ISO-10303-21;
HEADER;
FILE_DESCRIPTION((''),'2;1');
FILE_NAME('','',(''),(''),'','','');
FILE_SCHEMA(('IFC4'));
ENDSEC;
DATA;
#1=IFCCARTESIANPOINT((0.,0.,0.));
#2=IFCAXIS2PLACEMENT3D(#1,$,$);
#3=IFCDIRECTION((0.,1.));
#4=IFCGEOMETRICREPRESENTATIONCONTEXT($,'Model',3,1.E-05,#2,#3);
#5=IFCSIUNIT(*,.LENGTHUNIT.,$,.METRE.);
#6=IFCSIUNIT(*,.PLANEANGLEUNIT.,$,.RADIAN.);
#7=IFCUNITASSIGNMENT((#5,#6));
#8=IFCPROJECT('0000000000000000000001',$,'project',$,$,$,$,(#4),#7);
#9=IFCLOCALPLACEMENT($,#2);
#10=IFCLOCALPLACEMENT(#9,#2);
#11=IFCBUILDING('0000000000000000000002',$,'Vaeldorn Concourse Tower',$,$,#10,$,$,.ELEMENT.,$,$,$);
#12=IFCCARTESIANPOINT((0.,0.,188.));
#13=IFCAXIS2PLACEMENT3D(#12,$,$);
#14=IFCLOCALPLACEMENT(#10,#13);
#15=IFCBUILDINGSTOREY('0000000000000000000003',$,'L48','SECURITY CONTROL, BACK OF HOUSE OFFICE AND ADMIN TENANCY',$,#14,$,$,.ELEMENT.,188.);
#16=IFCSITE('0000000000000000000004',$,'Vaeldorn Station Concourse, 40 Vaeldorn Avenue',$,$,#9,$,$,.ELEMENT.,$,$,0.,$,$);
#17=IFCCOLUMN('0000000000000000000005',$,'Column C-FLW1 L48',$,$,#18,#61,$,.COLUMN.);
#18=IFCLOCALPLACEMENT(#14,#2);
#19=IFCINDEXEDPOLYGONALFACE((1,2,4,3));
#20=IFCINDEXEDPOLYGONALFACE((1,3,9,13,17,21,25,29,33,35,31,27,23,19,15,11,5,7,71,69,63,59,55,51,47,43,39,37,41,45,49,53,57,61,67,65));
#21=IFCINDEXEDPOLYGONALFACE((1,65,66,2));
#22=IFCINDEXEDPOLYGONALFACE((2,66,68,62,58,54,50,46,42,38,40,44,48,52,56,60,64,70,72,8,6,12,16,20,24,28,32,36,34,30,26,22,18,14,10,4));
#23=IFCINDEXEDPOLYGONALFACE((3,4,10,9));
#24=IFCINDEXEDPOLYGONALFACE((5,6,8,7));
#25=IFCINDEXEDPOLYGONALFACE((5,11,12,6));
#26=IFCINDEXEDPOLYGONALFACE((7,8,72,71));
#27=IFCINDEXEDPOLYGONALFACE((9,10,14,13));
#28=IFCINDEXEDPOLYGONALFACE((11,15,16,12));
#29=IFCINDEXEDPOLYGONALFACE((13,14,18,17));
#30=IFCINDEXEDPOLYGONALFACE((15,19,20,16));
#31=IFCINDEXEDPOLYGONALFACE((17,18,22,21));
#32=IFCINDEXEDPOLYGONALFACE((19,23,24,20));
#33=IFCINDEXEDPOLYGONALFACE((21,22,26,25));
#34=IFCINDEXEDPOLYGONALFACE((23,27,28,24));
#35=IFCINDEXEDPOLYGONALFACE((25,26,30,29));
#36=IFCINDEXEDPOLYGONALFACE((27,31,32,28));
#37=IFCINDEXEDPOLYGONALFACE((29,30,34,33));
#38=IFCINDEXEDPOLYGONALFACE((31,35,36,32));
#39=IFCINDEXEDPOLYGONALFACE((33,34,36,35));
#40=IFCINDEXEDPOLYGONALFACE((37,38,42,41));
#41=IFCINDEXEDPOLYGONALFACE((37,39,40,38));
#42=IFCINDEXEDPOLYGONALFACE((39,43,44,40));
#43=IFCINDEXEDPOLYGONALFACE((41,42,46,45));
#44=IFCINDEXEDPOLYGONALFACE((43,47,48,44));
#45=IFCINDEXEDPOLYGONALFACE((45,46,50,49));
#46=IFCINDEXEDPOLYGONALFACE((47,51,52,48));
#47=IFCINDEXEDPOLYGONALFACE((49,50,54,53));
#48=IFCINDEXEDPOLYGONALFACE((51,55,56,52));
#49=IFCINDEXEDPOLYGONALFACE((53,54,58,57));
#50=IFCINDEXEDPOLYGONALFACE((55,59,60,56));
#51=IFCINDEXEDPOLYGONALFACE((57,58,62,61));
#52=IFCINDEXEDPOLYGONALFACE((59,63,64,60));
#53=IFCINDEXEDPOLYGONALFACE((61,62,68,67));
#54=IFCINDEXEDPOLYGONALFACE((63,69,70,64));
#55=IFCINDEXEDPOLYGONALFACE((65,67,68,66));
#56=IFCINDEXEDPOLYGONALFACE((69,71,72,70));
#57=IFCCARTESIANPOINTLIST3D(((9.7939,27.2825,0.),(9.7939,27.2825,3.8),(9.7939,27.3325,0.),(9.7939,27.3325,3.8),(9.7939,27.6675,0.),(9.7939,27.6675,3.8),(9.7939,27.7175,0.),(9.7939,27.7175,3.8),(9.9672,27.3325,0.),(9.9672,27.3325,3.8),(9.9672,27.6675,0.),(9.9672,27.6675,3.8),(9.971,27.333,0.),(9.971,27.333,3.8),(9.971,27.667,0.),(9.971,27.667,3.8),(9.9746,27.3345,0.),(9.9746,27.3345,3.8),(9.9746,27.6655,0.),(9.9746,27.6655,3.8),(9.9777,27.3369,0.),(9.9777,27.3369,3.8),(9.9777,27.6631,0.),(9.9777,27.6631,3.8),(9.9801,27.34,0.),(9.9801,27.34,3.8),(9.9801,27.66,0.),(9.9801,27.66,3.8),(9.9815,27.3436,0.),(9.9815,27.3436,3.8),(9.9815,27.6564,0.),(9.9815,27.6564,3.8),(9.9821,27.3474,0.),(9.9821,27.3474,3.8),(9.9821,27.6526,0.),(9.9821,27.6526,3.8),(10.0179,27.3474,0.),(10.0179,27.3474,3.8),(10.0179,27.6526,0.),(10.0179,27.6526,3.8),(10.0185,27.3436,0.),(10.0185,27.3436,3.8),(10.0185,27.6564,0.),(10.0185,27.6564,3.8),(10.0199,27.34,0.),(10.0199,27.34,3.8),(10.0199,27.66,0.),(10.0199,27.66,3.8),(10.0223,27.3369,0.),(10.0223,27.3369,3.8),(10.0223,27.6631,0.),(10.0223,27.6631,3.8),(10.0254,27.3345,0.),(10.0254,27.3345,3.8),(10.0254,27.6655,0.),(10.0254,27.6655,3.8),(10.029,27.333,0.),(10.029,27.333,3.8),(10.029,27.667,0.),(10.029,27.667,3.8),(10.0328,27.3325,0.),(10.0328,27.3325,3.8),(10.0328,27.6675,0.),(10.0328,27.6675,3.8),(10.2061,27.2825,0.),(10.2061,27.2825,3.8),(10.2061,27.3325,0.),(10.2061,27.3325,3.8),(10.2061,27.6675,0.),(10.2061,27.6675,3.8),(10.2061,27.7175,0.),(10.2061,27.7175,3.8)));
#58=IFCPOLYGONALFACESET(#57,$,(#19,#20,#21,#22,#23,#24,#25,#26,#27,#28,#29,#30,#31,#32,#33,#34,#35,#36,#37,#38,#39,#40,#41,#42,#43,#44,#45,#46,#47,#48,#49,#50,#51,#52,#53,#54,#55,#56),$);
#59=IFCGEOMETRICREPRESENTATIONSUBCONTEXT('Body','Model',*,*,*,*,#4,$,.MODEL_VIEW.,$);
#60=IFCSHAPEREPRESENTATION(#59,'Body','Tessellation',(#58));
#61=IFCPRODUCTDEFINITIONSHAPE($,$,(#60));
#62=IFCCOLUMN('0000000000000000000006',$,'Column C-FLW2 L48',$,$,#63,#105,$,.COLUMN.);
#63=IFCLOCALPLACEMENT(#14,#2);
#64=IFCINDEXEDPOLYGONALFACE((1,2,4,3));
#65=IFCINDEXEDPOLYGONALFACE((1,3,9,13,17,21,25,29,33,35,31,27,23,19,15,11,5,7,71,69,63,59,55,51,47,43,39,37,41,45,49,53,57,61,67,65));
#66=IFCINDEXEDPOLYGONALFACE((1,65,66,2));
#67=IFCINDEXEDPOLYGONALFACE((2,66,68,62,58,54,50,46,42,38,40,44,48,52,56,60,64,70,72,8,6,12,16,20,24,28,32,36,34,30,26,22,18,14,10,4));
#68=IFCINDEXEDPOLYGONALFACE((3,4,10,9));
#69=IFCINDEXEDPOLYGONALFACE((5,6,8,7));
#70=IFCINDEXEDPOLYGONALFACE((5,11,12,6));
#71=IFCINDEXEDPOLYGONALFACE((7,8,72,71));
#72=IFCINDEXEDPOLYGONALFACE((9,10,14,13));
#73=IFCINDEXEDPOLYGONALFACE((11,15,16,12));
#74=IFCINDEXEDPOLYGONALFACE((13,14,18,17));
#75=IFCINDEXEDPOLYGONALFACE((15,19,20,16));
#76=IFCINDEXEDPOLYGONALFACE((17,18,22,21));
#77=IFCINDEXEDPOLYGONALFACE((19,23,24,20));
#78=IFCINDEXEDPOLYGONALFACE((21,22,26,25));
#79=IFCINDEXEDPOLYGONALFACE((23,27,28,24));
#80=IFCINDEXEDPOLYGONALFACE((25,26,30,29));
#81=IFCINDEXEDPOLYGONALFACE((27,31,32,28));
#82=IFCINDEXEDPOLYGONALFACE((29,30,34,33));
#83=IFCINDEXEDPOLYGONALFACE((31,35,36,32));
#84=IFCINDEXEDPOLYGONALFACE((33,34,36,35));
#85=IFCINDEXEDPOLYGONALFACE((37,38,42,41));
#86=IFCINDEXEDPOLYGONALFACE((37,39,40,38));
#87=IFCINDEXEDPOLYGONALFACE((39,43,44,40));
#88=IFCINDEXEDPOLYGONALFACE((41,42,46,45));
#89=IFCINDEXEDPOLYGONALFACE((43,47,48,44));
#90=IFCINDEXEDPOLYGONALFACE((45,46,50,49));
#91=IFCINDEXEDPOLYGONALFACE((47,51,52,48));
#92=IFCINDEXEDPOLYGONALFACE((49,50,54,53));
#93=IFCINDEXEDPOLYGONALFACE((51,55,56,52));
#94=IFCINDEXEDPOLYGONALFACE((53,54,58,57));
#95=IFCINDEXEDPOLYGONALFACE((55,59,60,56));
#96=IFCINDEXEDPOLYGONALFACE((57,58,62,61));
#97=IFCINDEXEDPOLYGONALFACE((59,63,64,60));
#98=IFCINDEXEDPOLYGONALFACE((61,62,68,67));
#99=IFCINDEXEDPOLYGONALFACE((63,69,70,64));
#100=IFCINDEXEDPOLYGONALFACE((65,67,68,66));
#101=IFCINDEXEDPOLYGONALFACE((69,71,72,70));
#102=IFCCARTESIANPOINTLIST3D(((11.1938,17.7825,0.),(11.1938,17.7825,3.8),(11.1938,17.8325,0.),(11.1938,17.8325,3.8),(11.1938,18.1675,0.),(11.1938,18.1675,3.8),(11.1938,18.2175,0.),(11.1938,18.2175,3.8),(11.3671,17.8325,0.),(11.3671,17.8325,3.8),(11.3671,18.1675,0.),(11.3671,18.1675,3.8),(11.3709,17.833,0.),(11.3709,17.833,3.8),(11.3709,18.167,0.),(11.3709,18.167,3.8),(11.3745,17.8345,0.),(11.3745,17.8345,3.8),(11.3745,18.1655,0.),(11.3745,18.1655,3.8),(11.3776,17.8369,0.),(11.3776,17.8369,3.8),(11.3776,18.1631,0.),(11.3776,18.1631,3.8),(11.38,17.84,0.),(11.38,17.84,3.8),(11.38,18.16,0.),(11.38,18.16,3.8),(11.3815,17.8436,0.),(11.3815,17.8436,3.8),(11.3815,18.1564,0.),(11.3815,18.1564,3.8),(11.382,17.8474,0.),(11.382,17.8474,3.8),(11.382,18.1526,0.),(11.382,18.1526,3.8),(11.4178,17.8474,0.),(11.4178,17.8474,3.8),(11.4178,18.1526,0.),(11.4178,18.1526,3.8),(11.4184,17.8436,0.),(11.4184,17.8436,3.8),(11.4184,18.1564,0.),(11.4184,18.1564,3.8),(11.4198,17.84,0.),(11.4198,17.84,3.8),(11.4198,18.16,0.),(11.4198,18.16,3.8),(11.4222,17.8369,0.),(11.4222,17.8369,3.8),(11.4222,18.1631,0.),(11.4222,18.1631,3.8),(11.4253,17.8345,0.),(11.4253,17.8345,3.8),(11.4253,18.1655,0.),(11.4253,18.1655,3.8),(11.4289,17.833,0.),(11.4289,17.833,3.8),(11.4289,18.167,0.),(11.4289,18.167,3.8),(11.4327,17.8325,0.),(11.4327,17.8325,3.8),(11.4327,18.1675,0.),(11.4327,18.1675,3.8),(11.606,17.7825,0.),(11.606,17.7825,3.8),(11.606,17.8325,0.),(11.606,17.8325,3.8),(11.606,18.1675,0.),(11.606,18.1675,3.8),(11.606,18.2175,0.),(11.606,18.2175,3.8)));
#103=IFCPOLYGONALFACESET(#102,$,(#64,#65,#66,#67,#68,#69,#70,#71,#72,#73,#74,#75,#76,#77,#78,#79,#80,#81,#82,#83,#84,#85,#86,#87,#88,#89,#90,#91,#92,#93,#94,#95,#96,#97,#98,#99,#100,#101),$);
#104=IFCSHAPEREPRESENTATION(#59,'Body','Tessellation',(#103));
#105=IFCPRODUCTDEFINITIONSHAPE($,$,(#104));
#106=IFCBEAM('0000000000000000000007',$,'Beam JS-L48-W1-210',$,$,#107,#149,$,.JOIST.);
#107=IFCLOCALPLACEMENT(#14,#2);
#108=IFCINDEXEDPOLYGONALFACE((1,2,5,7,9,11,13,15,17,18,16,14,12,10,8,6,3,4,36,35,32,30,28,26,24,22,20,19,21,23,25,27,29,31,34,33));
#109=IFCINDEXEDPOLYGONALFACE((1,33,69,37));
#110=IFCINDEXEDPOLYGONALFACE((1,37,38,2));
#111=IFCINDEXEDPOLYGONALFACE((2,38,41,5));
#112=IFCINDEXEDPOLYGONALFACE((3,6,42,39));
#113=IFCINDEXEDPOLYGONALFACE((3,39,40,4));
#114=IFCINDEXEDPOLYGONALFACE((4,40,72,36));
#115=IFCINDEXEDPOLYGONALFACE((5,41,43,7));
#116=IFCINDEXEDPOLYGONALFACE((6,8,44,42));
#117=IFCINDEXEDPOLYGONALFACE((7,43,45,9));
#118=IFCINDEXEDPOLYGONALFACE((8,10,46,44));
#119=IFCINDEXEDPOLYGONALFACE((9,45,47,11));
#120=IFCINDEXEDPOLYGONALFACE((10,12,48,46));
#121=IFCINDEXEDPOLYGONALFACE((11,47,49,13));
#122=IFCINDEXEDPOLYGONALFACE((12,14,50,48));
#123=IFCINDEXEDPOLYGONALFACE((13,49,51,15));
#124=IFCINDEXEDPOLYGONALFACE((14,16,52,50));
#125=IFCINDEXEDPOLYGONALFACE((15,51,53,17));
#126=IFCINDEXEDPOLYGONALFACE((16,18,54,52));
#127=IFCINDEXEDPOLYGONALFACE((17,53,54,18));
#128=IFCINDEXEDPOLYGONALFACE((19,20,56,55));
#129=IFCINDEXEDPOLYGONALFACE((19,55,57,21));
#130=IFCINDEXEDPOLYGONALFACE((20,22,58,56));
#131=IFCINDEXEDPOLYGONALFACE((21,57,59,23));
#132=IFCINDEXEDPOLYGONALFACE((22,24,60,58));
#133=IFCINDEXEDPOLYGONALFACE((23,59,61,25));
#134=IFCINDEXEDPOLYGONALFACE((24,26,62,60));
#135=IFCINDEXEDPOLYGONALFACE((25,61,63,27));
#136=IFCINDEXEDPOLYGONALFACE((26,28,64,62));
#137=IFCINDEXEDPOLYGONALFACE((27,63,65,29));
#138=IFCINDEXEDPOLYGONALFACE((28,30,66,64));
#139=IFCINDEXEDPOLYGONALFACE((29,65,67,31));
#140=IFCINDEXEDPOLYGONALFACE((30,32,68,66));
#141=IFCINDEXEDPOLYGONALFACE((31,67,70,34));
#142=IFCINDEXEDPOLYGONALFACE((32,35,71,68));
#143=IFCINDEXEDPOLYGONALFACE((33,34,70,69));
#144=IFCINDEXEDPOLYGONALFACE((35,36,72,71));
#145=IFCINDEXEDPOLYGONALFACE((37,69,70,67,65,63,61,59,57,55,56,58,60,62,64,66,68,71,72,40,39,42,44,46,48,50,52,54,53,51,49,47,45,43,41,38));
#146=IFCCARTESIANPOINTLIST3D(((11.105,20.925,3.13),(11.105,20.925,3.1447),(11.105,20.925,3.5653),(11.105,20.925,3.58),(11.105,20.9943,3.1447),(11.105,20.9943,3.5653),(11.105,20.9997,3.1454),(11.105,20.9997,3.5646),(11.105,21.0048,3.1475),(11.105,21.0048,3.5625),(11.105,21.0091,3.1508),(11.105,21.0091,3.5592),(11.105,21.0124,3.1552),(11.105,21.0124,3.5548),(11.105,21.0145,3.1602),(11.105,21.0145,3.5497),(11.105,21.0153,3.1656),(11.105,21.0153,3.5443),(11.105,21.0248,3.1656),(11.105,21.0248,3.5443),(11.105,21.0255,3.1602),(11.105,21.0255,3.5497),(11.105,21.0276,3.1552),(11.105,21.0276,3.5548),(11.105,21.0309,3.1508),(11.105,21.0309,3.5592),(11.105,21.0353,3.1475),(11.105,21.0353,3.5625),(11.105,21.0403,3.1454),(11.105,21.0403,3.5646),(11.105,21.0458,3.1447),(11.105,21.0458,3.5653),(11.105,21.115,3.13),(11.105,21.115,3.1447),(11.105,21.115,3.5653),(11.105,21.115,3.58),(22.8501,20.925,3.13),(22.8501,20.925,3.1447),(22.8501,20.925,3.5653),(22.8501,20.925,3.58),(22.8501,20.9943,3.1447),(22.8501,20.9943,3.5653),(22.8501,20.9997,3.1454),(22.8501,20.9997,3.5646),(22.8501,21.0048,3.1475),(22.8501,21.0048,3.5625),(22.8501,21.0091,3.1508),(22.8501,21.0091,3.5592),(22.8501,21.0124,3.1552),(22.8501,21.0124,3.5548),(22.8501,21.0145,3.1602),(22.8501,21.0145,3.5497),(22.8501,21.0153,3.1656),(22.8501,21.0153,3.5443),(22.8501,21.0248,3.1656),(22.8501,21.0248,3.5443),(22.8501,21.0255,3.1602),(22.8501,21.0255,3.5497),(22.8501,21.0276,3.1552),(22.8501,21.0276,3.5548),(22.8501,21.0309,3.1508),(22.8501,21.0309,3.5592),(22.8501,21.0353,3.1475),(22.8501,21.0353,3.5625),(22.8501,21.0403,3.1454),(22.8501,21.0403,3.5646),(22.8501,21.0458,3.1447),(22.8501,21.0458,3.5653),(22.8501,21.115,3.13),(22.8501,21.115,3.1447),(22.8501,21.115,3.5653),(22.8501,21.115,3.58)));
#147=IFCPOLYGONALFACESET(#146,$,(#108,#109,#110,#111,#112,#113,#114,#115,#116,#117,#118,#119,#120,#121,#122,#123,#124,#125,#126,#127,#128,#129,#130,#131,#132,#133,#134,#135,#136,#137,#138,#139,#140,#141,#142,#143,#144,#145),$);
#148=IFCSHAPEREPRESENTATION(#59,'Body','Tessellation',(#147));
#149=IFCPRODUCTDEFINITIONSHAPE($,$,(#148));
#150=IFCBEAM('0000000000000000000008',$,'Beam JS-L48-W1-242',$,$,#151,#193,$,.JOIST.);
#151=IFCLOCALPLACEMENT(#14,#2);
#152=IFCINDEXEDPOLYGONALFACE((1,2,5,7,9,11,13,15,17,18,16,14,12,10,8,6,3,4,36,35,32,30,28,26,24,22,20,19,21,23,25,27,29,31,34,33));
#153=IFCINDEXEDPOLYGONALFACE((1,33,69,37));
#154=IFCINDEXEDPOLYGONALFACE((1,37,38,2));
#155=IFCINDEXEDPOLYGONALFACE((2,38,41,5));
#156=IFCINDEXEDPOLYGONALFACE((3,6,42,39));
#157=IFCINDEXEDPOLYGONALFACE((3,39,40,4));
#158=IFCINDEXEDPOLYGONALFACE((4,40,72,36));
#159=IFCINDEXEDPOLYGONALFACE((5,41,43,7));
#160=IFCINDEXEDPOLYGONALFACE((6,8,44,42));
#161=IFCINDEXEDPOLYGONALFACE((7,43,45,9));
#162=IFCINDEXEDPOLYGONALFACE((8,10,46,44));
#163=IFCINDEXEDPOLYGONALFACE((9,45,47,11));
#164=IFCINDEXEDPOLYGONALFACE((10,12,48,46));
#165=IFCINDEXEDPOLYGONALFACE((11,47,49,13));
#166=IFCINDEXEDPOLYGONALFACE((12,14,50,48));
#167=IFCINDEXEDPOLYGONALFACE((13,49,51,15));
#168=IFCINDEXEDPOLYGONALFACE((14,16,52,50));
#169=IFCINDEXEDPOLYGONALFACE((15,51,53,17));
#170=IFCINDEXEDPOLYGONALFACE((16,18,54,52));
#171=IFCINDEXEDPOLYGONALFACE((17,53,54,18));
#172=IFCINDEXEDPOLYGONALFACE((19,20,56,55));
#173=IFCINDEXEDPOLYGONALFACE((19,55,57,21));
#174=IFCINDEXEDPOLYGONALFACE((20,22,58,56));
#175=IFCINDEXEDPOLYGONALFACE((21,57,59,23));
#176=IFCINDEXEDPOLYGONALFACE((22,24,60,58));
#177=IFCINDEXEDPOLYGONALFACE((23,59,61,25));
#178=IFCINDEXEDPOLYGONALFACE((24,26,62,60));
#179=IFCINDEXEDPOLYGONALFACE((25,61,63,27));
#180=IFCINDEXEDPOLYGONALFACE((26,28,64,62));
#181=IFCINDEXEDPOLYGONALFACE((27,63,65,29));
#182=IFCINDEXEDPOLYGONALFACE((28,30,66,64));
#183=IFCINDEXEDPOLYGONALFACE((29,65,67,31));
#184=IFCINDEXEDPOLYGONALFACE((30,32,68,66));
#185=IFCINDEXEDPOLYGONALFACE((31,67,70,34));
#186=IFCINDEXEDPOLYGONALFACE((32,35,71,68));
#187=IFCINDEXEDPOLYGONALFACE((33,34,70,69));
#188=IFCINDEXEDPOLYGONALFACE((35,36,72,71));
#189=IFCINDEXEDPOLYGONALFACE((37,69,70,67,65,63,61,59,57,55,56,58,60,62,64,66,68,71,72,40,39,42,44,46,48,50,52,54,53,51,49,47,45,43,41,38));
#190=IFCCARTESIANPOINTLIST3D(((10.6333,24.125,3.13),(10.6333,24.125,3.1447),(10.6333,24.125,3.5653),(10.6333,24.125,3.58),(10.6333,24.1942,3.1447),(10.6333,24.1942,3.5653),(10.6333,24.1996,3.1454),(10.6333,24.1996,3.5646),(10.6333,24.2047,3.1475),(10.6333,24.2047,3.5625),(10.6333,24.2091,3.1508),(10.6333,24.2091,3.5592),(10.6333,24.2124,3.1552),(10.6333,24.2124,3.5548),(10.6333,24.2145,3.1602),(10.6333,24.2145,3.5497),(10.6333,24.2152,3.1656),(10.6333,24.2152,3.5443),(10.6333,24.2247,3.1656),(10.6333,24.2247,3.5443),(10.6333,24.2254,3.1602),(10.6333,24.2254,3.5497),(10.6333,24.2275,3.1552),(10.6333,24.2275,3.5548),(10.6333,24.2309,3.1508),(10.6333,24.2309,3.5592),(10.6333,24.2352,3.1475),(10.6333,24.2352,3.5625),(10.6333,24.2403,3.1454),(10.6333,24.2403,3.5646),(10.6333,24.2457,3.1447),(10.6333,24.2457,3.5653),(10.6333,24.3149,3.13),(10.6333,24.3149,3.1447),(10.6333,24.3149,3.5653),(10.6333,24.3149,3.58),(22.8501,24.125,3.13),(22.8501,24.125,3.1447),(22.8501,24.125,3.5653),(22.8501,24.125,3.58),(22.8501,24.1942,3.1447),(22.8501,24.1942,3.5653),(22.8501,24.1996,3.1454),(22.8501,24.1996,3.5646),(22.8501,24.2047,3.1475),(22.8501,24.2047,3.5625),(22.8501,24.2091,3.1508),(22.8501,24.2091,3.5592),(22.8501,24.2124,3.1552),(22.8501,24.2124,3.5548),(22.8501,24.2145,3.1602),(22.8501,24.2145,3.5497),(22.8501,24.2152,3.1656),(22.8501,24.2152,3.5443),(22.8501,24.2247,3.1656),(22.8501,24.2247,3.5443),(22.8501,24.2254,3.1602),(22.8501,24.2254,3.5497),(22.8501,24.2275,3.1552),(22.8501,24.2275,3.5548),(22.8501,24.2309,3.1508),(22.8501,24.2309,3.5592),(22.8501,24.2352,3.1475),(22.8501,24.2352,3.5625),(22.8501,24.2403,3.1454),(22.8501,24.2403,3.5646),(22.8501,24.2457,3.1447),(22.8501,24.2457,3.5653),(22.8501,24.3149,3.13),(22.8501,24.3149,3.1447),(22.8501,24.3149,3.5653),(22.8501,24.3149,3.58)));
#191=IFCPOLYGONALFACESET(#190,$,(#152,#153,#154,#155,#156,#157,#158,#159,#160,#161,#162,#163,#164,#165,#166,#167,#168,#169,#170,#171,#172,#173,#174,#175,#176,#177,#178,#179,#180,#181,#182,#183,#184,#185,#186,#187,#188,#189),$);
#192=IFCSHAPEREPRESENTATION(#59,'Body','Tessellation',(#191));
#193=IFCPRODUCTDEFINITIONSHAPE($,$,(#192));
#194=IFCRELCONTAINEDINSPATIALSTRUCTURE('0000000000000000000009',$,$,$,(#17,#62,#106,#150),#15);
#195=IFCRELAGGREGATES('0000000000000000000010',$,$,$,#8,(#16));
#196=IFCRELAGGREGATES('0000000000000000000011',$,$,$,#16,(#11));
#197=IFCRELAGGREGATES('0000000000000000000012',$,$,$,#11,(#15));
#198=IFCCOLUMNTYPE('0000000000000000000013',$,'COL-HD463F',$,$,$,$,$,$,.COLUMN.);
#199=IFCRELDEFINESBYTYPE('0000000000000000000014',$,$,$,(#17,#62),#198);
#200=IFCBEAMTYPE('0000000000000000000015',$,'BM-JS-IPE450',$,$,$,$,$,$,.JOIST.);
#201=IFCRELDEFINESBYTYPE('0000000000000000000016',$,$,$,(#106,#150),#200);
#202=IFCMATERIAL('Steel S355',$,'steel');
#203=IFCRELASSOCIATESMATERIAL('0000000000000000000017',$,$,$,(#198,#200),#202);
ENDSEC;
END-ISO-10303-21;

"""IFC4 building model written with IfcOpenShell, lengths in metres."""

from ifc_helpers import new_model, si_unit, direction, frame, origin, origin_2d, place, context, subcontext, project, spatial, i_section, extrude, source, transform, mapped, material, material_profile, profile_set, type_object, element, save


model = new_model("IFC4")

# Units and contexts
model_context = context("Model", 3, precision=1e-05, world=origin(), true_north=direction((0.0, 1.0)))
body_context = subcontext(model_context, "Body", "Model", "MODEL_VIEW")
ifc_project = project(units=[si_unit("LENGTHUNIT", "METRE"), si_unit("PLANEANGLEUNIT", "RADIAN")], contexts=[model_context])

# Site, building, storey
site_placement = place(None, origin())
site = spatial("IfcSite", under=ifc_project, at=site_placement, Name="Vaeldorn Station Concourse, 40 Vaeldorn Avenue", CompositionType="ELEMENT", RefElevation=0.0)
building_placement = place(site_placement, origin())
building = spatial("IfcBuilding", under=site, at=building_placement, Name="Vaeldorn Concourse Tower", CompositionType="ELEMENT")
storey_placement = place(building_placement, frame((0.0, 0.0, 188.0)))
storey = spatial("IfcBuildingStorey", under=building, at=storey_placement, Name="L48", Description="SECURITY CONTROL, BACK OF HOUSE OFFICE AND ADMIN TENANCY", CompositionType="ELEMENT", Elevation=188.0)

# Columns
ifc_material_1 = material(Name="Steel S355", Category="steel")
ifc_material_profile_1 = material_profile(ifc_material_1, i_section(OverallWidth=0.4121, OverallDepth=0.4351, WebThickness=0.0359, FlangeThickness=0.05, FilletRadius=0.0149, at=origin_2d()), Name="HD 400x463")
ifc_profile_set_1 = profile_set([ifc_material_profile_1], Name="Steel S355")
column_type = type_object("IfcColumnType", Name="COL-HD463F", PredefinedType="COLUMN", material=ifc_profile_set_1)
shared_shape_1 = source(origin(), body_context, "Body", "SweptSolid", [
    extrude(i_section(OverallWidth=0.4121, OverallDepth=0.4351, WebThickness=0.0359, FlangeThickness=0.05, FilletRadius=0.0149, at=origin_2d()), origin(), (0.0, 0.0, 1.0), 3.8),
])
for number, where, z_axis, x_axis, name in (
    (1, (10.0, 27.5, 0.0), (0.0, 0.0, 1.0), (1.0, 0.0, 0.0), "Column C-FLW1 L48"),
    (2, (11.3999, 18.0, 0.0), (0.0, 0.0, 1.0), (1.0, 0.0, 0.0), "Column C-FLW2 L48"),
):
    element("IfcColumn", number, at=place(storey_placement, frame(where, z_axis=z_axis, x_axis=x_axis)), inside=storey, type_object=column_type, Name=name, PredefinedType="COLUMN", context=body_context, shape_type="MappedRepresentation", body=[
        mapped(shared_shape_1, transform((0.0, 0.0, 0.0), scale=1.0)),
    ])

# Beams
ifc_material_profile_2 = material_profile(ifc_material_1, i_section(OverallWidth=0.1899, OverallDepth=0.45, WebThickness=0.0095, FlangeThickness=0.0146, FilletRadius=0.021, at=origin_2d()), Name="IPE 450")
ifc_profile_set_2 = profile_set([ifc_material_profile_2], Name="Steel S355")
beam_type_1 = type_object("IfcBeamType", Name="BM-JS-IPE450", PredefinedType="JOIST", material=ifc_profile_set_2)
shared_shape_2 = source(origin(), body_context, "Body", "SweptSolid", [
    extrude(i_section(OverallWidth=0.1899, OverallDepth=0.45, WebThickness=0.0095, FlangeThickness=0.0146, FilletRadius=0.021, at=origin_2d()), origin(), (0.0, 0.0, 1.0), 11.7451),
])
beam_1_placement = place(storey_placement, frame((11.105, 21.02, 3.355), z_axis=(1.0, 0.0, 0.0), x_axis=(0.0, 1.0, 0.0)))
element("IfcBeam", 3, at=beam_1_placement, inside=storey, type_object=beam_type_1, Name="Beam JS-L48-W1-210", PredefinedType="JOIST", context=body_context, shape_type="MappedRepresentation", body=[
    mapped(shared_shape_2, transform((0.0, 0.0, 0.0), scale=1.0)),
])
shared_shape_3 = source(origin(), body_context, "Body", "SweptSolid", [
    extrude(i_section(OverallWidth=0.1899, OverallDepth=0.45, WebThickness=0.0095, FlangeThickness=0.0146, FilletRadius=0.021, at=origin_2d()), origin(), (0.0, 0.0, 1.0), 12.2168),
])
beam_2_placement = place(storey_placement, frame((10.6333, 24.22, 3.355), z_axis=(1.0, 0.0, 0.0), x_axis=(0.0, 1.0, 0.0)))
element("IfcBeam", 4, at=beam_2_placement, inside=storey, type_object=beam_type_1, Name="Beam JS-L48-W1-242", PredefinedType="JOIST", context=body_context, shape_type="MappedRepresentation", body=[
    mapped(shared_shape_3, transform((0.0, 0.0, 0.0), scale=1.0)),
])

save(model, "model.ifc")
